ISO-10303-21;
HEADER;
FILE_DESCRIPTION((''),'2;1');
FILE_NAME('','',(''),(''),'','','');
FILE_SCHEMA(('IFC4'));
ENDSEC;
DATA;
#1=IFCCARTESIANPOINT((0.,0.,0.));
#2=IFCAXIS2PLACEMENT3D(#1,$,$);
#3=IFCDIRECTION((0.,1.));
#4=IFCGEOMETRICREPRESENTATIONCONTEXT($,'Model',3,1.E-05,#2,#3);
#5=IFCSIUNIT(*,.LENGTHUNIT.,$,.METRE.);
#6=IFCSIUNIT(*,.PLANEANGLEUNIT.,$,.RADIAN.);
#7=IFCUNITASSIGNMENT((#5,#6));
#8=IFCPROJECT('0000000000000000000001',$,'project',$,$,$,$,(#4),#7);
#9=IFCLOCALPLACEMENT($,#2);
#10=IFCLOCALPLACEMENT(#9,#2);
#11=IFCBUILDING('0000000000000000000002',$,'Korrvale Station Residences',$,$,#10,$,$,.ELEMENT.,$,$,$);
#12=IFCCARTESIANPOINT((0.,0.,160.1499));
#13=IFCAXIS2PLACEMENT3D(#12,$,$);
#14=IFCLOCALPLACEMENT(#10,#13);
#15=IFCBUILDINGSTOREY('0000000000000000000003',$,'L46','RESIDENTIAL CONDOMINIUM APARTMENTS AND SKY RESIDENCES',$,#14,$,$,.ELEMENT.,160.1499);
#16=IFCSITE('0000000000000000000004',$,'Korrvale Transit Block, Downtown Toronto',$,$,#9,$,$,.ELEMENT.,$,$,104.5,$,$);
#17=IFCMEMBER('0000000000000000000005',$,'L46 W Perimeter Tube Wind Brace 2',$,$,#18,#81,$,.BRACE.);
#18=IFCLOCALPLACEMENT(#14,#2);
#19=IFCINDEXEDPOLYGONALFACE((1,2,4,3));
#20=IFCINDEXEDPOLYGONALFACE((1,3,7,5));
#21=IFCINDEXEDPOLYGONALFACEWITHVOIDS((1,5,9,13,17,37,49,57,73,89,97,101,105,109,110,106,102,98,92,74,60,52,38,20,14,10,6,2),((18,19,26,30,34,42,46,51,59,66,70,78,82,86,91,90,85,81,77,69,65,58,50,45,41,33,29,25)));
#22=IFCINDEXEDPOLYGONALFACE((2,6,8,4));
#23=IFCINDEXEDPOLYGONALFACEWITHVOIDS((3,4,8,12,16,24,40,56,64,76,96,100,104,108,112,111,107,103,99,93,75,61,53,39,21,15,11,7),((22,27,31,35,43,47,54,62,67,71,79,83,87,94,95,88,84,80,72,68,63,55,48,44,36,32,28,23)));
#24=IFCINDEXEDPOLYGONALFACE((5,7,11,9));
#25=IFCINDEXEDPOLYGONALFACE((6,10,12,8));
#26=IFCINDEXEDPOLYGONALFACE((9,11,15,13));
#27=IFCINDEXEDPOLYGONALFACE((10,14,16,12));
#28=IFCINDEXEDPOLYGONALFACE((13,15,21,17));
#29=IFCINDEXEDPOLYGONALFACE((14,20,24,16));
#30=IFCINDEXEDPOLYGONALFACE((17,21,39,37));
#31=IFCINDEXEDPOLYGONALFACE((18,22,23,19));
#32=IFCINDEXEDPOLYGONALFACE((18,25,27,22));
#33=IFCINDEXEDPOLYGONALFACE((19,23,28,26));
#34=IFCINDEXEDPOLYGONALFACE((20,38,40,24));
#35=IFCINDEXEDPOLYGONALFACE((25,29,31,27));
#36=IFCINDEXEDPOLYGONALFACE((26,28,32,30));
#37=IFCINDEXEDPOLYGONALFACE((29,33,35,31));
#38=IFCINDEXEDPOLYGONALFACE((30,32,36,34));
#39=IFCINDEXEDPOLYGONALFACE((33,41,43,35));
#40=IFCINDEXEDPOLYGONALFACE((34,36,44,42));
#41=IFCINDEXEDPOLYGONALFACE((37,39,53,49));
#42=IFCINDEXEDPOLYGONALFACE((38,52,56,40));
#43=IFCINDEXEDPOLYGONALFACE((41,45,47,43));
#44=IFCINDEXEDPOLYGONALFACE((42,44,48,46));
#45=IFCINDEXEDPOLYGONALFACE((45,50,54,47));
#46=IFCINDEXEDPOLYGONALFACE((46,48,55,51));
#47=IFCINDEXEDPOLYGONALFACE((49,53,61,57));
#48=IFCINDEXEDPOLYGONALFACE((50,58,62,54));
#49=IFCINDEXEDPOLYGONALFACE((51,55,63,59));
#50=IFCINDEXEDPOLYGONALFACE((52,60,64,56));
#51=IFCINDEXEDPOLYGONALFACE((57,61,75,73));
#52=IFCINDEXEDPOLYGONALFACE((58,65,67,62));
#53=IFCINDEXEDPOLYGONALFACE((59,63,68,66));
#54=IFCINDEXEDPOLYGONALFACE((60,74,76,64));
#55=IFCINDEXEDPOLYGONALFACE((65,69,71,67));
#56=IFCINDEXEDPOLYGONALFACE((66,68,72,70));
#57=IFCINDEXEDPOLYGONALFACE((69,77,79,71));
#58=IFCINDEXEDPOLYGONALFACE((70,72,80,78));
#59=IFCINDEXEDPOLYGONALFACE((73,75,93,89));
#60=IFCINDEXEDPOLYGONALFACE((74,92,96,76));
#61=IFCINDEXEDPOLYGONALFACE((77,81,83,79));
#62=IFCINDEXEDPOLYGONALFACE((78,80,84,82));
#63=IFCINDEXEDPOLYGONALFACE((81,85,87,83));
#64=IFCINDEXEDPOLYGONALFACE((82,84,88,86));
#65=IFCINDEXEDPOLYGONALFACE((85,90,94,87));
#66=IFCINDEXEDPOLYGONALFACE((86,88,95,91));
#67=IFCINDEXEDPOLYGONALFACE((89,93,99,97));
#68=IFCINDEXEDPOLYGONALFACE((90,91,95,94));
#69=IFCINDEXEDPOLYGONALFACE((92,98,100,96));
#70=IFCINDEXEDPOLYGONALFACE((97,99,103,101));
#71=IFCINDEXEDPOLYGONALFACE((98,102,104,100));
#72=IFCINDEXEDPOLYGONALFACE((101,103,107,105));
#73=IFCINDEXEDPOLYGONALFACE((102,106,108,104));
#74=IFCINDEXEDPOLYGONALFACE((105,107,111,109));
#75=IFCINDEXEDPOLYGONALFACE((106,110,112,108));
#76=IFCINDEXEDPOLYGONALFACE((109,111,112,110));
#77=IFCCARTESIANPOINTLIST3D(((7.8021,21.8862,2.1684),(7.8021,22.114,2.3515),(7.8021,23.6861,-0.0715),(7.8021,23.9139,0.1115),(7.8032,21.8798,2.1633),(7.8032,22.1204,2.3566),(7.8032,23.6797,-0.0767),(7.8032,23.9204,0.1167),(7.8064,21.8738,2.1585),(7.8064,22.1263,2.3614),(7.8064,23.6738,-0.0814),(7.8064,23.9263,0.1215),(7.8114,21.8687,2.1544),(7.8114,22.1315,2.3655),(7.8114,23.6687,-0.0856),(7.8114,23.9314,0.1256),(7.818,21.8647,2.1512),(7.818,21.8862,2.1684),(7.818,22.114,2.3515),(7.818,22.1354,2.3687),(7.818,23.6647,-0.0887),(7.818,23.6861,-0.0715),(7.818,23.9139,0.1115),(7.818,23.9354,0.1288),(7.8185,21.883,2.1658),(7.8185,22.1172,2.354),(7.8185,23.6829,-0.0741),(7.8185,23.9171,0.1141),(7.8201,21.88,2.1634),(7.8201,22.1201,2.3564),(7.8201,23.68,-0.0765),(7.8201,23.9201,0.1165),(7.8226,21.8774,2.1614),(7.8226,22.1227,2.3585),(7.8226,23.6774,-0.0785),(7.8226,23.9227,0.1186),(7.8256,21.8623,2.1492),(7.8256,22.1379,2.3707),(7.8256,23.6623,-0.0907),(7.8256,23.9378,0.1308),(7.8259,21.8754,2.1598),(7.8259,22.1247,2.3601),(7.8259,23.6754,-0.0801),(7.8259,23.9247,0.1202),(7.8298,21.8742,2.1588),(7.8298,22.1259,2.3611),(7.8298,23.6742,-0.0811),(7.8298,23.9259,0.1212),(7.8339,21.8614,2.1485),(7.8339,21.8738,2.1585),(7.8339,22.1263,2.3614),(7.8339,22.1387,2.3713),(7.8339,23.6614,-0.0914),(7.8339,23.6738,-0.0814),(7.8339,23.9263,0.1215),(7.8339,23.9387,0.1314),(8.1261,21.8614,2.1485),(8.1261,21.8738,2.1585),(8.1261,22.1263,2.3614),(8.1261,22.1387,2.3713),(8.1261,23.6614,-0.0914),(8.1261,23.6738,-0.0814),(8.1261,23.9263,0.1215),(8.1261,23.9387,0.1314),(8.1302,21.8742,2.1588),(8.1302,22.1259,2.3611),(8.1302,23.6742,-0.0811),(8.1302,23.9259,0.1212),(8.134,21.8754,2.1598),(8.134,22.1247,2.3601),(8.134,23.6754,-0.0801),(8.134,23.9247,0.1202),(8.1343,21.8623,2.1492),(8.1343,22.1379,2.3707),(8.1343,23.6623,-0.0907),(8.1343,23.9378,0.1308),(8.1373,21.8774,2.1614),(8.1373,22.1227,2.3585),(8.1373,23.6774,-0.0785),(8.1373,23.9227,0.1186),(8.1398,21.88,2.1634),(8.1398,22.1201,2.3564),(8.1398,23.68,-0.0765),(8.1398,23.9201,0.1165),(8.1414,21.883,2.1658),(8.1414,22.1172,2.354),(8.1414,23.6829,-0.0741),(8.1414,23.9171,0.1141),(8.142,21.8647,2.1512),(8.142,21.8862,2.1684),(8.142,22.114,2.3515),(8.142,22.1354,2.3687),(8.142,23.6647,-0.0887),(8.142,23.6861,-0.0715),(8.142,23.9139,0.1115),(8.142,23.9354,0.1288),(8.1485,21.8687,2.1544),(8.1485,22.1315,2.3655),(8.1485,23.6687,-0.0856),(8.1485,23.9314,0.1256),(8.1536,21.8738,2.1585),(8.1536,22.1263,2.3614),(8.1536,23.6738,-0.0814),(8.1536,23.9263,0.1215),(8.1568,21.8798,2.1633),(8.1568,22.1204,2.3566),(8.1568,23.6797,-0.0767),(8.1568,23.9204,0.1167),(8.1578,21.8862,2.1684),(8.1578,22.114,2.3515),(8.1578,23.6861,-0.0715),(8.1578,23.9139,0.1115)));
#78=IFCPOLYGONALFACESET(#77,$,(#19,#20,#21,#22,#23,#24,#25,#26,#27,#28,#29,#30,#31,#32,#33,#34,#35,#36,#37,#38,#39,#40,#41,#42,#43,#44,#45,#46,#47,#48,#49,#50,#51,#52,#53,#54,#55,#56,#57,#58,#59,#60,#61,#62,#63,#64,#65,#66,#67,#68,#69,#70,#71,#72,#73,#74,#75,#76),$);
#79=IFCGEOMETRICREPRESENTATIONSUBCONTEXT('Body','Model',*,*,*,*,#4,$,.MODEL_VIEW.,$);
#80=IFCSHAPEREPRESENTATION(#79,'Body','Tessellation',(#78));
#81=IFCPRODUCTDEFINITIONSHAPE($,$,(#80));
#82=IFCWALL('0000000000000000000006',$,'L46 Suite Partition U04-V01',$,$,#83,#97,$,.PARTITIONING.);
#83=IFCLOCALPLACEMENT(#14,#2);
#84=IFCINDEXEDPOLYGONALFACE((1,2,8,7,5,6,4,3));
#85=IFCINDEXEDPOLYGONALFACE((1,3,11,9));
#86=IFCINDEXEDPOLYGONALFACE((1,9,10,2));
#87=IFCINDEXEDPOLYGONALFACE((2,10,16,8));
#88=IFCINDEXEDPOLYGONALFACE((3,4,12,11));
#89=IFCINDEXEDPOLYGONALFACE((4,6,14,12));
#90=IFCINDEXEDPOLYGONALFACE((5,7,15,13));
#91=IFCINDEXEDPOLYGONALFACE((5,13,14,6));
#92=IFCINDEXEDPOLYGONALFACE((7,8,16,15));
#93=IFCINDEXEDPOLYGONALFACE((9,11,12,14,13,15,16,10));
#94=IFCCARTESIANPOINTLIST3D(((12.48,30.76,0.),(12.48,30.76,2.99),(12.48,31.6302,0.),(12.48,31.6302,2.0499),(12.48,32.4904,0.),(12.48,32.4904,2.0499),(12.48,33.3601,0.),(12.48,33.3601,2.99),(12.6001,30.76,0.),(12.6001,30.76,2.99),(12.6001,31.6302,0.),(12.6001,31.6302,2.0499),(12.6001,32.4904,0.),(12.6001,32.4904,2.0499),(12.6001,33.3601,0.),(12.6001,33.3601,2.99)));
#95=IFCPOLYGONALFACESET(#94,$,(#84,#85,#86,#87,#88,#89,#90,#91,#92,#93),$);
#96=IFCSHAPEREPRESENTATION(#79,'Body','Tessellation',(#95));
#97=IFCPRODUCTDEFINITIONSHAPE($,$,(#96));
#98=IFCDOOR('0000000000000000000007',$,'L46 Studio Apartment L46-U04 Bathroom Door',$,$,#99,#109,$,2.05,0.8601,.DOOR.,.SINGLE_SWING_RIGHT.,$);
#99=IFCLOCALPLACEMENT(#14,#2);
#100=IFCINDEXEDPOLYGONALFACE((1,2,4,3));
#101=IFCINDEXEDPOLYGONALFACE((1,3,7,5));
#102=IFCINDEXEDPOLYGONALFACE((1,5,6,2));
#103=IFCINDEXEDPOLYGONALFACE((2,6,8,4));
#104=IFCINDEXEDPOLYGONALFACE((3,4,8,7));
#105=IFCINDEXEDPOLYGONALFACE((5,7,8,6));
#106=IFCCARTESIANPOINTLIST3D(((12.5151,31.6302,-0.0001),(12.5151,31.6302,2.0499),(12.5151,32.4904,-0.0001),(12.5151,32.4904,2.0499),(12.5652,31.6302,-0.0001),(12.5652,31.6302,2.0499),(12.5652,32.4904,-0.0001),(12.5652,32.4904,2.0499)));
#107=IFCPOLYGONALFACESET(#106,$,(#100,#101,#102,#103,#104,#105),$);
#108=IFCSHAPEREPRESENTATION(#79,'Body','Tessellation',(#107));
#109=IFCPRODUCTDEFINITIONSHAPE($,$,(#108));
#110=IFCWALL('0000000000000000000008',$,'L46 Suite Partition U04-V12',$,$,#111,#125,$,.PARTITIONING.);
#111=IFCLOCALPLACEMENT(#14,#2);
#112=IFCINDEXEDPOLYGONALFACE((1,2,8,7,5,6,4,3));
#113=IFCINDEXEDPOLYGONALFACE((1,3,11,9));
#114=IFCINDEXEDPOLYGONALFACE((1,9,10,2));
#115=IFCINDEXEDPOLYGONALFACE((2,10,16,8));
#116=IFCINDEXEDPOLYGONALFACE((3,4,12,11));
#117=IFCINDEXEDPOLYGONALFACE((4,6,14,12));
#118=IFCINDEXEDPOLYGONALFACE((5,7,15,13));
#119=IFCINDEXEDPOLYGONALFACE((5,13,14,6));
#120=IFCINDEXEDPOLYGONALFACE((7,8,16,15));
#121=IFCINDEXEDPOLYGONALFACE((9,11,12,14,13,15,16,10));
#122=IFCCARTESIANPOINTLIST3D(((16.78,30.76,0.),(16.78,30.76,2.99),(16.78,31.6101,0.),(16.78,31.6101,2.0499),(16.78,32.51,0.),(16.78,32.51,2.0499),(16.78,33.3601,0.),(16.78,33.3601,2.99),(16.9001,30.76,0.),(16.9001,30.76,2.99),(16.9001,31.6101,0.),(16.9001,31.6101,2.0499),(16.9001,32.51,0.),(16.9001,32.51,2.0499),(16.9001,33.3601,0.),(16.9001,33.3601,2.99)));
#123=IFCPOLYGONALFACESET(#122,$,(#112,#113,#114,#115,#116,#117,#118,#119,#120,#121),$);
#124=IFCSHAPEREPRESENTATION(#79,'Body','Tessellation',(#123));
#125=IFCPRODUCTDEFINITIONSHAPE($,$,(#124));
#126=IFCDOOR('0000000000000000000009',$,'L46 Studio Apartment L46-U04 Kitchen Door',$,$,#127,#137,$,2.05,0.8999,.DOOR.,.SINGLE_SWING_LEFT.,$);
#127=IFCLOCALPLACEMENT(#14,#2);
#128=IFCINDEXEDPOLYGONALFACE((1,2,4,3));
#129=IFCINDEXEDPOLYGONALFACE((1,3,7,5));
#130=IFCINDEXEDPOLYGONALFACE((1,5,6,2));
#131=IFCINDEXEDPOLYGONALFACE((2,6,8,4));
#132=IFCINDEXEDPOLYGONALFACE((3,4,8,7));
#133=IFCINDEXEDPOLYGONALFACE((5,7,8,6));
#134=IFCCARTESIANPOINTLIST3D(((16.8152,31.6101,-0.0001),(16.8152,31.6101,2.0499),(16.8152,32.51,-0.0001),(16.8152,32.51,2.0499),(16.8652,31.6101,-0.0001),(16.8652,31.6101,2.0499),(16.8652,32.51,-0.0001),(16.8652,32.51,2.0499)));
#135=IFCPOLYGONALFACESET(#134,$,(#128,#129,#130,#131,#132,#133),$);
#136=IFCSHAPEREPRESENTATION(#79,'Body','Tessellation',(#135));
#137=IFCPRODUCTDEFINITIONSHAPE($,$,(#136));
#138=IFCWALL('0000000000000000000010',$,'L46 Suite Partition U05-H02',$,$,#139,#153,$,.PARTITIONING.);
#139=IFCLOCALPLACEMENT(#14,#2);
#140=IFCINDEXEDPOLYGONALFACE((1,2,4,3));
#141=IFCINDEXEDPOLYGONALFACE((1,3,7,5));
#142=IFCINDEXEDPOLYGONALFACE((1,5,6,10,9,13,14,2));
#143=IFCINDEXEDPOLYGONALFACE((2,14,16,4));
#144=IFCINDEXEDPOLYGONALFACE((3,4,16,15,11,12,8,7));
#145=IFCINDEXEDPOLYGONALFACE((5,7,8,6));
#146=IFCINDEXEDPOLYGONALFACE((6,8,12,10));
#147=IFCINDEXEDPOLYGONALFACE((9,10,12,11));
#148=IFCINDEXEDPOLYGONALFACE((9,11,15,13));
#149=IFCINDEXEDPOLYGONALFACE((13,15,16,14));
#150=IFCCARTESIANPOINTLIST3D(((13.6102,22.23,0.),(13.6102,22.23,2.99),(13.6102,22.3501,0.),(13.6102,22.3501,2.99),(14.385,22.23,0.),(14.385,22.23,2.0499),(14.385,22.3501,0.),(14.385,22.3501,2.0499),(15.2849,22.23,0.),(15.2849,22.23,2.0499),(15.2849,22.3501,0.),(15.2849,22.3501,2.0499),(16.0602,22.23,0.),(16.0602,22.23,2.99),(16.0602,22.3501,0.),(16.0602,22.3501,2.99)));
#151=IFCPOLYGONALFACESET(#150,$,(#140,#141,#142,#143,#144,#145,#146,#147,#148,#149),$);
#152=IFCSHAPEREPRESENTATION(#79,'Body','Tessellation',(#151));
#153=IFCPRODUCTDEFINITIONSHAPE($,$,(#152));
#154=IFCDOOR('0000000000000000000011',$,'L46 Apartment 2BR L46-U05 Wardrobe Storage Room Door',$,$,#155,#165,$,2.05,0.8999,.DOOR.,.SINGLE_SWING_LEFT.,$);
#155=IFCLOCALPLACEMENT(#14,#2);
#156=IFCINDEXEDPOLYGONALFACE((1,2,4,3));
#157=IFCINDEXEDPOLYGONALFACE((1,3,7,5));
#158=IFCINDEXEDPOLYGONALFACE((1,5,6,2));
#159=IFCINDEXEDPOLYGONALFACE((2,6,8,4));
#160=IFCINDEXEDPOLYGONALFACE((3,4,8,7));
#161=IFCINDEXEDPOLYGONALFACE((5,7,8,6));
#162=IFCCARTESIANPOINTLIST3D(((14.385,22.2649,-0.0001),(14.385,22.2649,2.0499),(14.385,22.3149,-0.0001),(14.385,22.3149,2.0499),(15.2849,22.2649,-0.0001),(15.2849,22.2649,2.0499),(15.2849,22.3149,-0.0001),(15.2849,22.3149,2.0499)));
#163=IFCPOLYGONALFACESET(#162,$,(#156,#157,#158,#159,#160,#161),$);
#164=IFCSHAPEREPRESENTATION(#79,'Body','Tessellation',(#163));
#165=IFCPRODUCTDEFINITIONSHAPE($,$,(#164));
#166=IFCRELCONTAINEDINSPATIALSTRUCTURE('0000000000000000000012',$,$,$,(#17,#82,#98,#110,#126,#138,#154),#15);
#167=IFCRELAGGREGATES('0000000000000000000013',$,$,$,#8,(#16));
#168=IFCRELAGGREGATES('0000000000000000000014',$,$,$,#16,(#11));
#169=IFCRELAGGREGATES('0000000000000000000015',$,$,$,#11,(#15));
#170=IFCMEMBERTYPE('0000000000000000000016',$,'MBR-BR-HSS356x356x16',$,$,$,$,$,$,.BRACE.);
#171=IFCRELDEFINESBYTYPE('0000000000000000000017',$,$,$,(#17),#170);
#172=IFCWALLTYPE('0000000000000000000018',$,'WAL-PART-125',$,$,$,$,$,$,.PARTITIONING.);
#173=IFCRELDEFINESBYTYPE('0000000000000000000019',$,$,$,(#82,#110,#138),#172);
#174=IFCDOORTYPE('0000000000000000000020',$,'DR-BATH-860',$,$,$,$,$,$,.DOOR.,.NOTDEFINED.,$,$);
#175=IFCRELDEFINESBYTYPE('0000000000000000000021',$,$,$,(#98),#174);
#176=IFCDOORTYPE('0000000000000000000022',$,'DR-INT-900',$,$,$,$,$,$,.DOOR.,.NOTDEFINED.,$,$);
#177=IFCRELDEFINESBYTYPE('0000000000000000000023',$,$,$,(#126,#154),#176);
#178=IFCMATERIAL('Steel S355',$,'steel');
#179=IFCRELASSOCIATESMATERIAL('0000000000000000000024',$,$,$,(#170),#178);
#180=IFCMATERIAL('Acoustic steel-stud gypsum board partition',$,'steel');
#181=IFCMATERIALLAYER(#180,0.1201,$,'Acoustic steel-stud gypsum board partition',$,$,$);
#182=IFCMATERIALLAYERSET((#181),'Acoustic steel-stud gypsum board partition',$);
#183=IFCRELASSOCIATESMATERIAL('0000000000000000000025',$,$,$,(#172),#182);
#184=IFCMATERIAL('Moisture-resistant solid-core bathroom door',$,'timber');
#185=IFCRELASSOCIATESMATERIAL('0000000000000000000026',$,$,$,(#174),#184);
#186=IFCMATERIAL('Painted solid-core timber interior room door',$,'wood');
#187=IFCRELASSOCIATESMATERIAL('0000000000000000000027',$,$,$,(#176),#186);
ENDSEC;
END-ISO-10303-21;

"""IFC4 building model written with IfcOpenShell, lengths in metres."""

from ifc_helpers import new_model, si_unit, direction, frame, frame_2d, origin, origin_2d, place, context, subcontext, project, spatial, rectangle, hollow_rectangle, extrude, material, layer, layer_set, material_profile, profile_set, type_object, element, fill, save


model = new_model("IFC4")

# Units and contexts
model_context = context("Model", 3, precision=1e-05, world=origin(), true_north=direction((0.0, 1.0)))
body_context = subcontext(model_context, "Body", "Model", "MODEL_VIEW")
ifc_project = project(units=[si_unit("LENGTHUNIT", "METRE"), si_unit("PLANEANGLEUNIT", "RADIAN")], contexts=[model_context])

# Site, building, storey
site_placement = place(None, origin())
site = spatial("IfcSite", under=ifc_project, at=site_placement, Name="Korrvale Transit Block, Downtown Toronto", CompositionType="ELEMENT", RefElevation=104.5)
building_placement = place(site_placement, origin())
building = spatial("IfcBuilding", under=site, at=building_placement, Name="Korrvale Station Residences", CompositionType="ELEMENT")
storey_placement = place(building_placement, frame((0.0, 0.0, 160.1499)))
storey = spatial("IfcBuildingStorey", under=building, at=storey_placement, Name="L46", Description="RESIDENTIAL CONDOMINIUM APARTMENTS AND SKY RESIDENCES", CompositionType="ELEMENT", Elevation=160.1499)

# Shared definitions
ifc_material_1 = material(Name="Steel S355", Category="steel")

# Member
ifc_material_profile_1 = material_profile(ifc_material_1, hollow_rectangle(XDim=0.3557, YDim=0.3557, WallThickness=0.0159, InnerFilletRadius=0.0159, OuterFilletRadius=0.0317, at=origin_2d()), Name="HSS356x356x16")
ifc_profile_set_1 = profile_set([ifc_material_profile_1], Name="Steel S355")
member_type = type_object("IfcMemberType", Name="MBR-BR-HSS356x356x16", PredefinedType="BRACE", material=ifc_profile_set_1)
member_placement = place(storey_placement, frame((7.98, 23.8, 0.02), z_axis=(0.0, -0.626403, 0.779499), x_axis=(1.0, 0.0, 0.0)))
element("IfcMember", 1, at=member_placement, inside=storey, type_object=member_type, Name="L46 W Perimeter Tube Wind Brace 2", PredefinedType="BRACE", context=body_context, shape_type="SweptSolid", body=[
    extrude(hollow_rectangle(XDim=0.3557, YDim=0.3557, WallThickness=0.0159, InnerFilletRadius=0.0159, OuterFilletRadius=0.0317, at=origin_2d()), origin(), (0.0, 0.0, 1.0), 2.8735),
])

# Walls, openings, doors
ifc_material_2 = material(Name="Acoustic steel-stud gypsum board partition", Category="steel")
ifc_layer_1 = layer(ifc_material_2, 0.1201, Name="Acoustic steel-stud gypsum board partition")
ifc_layer_set_1 = layer_set([ifc_layer_1], Name="Acoustic steel-stud gypsum board partition")
wall_type_1 = type_object("IfcWallType", Name="WAL-PART-125", PredefinedType="PARTITIONING", material=ifc_layer_set_1)
wall_1_placement = place(storey_placement, frame((12.54, 30.76, 0.0), z_axis=(0.0, 0.0, 1.0), x_axis=(0.0, 1.0, 0.0)))
wall_1 = element("IfcWall", 2, at=wall_1_placement, inside=storey, type_object=wall_type_1, Name="L46 Suite Partition U04-V01", PredefinedType="PARTITIONING", context=body_context, shape_type="SweptSolid", body=[
    extrude(rectangle(XDim=2.6001, YDim=0.1201, at=frame_2d((1.3, 0.0))), origin(), (0.0, 0.0, 1.0), 2.99),
])
opening_1_placement = place(wall_1_placement, frame((0.8701, 0.0, 0.0)))
opening_1 = element("IfcOpeningElement", 3, at=opening_1_placement, cuts=wall_1, PredefinedType="OPENING", context=body_context, shape_type="SweptSolid", body=[
    extrude(rectangle(XDim=0.8601, YDim=2.05, at=frame_2d((0.4302, 1.0249))), frame((0.0, 0.0701, 0.0), z_axis=(0.0, -1.0, 0.0), x_axis=(1.0, 0.0, 0.0)), (0.0, 0.0, 1.0), 0.1401),
])
ifc_material_3 = material(Name="Moisture-resistant solid-core bathroom door", Category="timber")
door_type_1 = type_object("IfcDoorType", Name="DR-BATH-860", OperationType="NOTDEFINED", PredefinedType="DOOR", material=ifc_material_3)
door_1_placement = place(opening_1_placement, origin())
door_1 = element("IfcDoor", 4, at=door_1_placement, inside=storey, type_object=door_type_1, Name="L46 Studio Apartment L46-U04 Bathroom Door", OperationType="SINGLE_SWING_RIGHT", OverallHeight=2.05, OverallWidth=0.8601, PredefinedType="DOOR", context=body_context, shape_type="SweptSolid", body=[
    extrude(rectangle(XDim=0.8601, YDim=2.05, at=frame_2d((0.4302, 1.0249))), frame((0.0, 0.0249, 0.0), z_axis=(0.0, -1.0, 0.0), x_axis=(1.0, 0.0, 0.0)), (0.0, 0.0, 1.0), 0.05),
])
fill(opening_1, door_1)
wall_2_placement = place(storey_placement, frame((16.8401, 30.76, 0.0), z_axis=(0.0, 0.0, 1.0), x_axis=(0.0, 1.0, 0.0)))
wall_2 = element("IfcWall", 5, at=wall_2_placement, inside=storey, type_object=wall_type_1, Name="L46 Suite Partition U04-V12", PredefinedType="PARTITIONING", context=body_context, shape_type="SweptSolid", body=[
    extrude(rectangle(XDim=2.6001, YDim=0.1201, at=frame_2d((1.3, 0.0))), origin(), (0.0, 0.0, 1.0), 2.99),
])
opening_2_placement = place(wall_2_placement, frame((0.8501, 0.0, 0.0)))
opening_2 = element("IfcOpeningElement", 6, at=opening_2_placement, cuts=wall_2, PredefinedType="OPENING", context=body_context, shape_type="SweptSolid", body=[
    extrude(rectangle(XDim=0.8999, YDim=2.05, at=frame_2d((0.45, 1.0249))), frame((0.0, 0.0701, 0.0), z_axis=(0.0, -1.0, 0.0), x_axis=(1.0, 0.0, 0.0)), (0.0, 0.0, 1.0), 0.1401),
])
ifc_material_4 = material(Name="Painted solid-core timber interior room door", Category="wood")
door_type_2 = type_object("IfcDoorType", Name="DR-INT-900", OperationType="NOTDEFINED", PredefinedType="DOOR", material=ifc_material_4)
door_2_placement = place(opening_2_placement, origin())
door_2 = element("IfcDoor", 7, at=door_2_placement, inside=storey, type_object=door_type_2, Name="L46 Studio Apartment L46-U04 Kitchen Door", OperationType="SINGLE_SWING_LEFT", OverallHeight=2.05, OverallWidth=0.8999, PredefinedType="DOOR", context=body_context, shape_type="SweptSolid", body=[
    extrude(rectangle(XDim=0.8999, YDim=2.05, at=frame_2d((0.45, 1.0249))), frame((0.0, 0.0249, 0.0), z_axis=(0.0, -1.0, 0.0), x_axis=(1.0, 0.0, 0.0)), (0.0, 0.0, 1.0), 0.05),
])
fill(opening_2, door_2)
wall_3_placement = place(storey_placement, frame((13.6101, 22.29, 0.0), z_axis=(0.0, 0.0, 1.0), x_axis=(1.0, 0.0, 0.0)))
wall_3 = element("IfcWall", 8, at=wall_3_placement, inside=storey, type_object=wall_type_1, Name="L46 Suite Partition U05-H02", PredefinedType="PARTITIONING", context=body_context, shape_type="SweptSolid", body=[
    extrude(rectangle(XDim=2.45, YDim=0.1201, at=frame_2d((1.2251, 0.0))), origin(), (0.0, 0.0, 1.0), 2.99),
])
opening_3_placement = place(wall_3_placement, frame((0.7749, 0.0, 0.0)))
opening_3 = element("IfcOpeningElement", 9, at=opening_3_placement, cuts=wall_3, PredefinedType="OPENING", context=body_context, shape_type="SweptSolid", body=[
    extrude(rectangle(XDim=0.8999, YDim=2.05, at=frame_2d((0.45, 1.0249))), frame((0.0, 0.0701, 0.0), z_axis=(0.0, -1.0, 0.0), x_axis=(1.0, 0.0, 0.0)), (0.0, 0.0, 1.0), 0.1401),
])
door_3_placement = place(opening_3_placement, origin())
door_3 = element("IfcDoor", 10, at=door_3_placement, inside=storey, type_object=door_type_2, Name="L46 Apartment 2BR L46-U05 Wardrobe Storage Room Door", OperationType="SINGLE_SWING_LEFT", OverallHeight=2.05, OverallWidth=0.8999, PredefinedType="DOOR", context=body_context, shape_type="SweptSolid", body=[
    extrude(rectangle(XDim=0.8999, YDim=2.05, at=frame_2d((0.45, 1.0249))), frame((0.0, 0.0249, 0.0), z_axis=(0.0, -1.0, 0.0), x_axis=(1.0, 0.0, 0.0)), (0.0, 0.0, 1.0), 0.05),
])
fill(opening_3, door_3)

save(model, "model.ifc")
